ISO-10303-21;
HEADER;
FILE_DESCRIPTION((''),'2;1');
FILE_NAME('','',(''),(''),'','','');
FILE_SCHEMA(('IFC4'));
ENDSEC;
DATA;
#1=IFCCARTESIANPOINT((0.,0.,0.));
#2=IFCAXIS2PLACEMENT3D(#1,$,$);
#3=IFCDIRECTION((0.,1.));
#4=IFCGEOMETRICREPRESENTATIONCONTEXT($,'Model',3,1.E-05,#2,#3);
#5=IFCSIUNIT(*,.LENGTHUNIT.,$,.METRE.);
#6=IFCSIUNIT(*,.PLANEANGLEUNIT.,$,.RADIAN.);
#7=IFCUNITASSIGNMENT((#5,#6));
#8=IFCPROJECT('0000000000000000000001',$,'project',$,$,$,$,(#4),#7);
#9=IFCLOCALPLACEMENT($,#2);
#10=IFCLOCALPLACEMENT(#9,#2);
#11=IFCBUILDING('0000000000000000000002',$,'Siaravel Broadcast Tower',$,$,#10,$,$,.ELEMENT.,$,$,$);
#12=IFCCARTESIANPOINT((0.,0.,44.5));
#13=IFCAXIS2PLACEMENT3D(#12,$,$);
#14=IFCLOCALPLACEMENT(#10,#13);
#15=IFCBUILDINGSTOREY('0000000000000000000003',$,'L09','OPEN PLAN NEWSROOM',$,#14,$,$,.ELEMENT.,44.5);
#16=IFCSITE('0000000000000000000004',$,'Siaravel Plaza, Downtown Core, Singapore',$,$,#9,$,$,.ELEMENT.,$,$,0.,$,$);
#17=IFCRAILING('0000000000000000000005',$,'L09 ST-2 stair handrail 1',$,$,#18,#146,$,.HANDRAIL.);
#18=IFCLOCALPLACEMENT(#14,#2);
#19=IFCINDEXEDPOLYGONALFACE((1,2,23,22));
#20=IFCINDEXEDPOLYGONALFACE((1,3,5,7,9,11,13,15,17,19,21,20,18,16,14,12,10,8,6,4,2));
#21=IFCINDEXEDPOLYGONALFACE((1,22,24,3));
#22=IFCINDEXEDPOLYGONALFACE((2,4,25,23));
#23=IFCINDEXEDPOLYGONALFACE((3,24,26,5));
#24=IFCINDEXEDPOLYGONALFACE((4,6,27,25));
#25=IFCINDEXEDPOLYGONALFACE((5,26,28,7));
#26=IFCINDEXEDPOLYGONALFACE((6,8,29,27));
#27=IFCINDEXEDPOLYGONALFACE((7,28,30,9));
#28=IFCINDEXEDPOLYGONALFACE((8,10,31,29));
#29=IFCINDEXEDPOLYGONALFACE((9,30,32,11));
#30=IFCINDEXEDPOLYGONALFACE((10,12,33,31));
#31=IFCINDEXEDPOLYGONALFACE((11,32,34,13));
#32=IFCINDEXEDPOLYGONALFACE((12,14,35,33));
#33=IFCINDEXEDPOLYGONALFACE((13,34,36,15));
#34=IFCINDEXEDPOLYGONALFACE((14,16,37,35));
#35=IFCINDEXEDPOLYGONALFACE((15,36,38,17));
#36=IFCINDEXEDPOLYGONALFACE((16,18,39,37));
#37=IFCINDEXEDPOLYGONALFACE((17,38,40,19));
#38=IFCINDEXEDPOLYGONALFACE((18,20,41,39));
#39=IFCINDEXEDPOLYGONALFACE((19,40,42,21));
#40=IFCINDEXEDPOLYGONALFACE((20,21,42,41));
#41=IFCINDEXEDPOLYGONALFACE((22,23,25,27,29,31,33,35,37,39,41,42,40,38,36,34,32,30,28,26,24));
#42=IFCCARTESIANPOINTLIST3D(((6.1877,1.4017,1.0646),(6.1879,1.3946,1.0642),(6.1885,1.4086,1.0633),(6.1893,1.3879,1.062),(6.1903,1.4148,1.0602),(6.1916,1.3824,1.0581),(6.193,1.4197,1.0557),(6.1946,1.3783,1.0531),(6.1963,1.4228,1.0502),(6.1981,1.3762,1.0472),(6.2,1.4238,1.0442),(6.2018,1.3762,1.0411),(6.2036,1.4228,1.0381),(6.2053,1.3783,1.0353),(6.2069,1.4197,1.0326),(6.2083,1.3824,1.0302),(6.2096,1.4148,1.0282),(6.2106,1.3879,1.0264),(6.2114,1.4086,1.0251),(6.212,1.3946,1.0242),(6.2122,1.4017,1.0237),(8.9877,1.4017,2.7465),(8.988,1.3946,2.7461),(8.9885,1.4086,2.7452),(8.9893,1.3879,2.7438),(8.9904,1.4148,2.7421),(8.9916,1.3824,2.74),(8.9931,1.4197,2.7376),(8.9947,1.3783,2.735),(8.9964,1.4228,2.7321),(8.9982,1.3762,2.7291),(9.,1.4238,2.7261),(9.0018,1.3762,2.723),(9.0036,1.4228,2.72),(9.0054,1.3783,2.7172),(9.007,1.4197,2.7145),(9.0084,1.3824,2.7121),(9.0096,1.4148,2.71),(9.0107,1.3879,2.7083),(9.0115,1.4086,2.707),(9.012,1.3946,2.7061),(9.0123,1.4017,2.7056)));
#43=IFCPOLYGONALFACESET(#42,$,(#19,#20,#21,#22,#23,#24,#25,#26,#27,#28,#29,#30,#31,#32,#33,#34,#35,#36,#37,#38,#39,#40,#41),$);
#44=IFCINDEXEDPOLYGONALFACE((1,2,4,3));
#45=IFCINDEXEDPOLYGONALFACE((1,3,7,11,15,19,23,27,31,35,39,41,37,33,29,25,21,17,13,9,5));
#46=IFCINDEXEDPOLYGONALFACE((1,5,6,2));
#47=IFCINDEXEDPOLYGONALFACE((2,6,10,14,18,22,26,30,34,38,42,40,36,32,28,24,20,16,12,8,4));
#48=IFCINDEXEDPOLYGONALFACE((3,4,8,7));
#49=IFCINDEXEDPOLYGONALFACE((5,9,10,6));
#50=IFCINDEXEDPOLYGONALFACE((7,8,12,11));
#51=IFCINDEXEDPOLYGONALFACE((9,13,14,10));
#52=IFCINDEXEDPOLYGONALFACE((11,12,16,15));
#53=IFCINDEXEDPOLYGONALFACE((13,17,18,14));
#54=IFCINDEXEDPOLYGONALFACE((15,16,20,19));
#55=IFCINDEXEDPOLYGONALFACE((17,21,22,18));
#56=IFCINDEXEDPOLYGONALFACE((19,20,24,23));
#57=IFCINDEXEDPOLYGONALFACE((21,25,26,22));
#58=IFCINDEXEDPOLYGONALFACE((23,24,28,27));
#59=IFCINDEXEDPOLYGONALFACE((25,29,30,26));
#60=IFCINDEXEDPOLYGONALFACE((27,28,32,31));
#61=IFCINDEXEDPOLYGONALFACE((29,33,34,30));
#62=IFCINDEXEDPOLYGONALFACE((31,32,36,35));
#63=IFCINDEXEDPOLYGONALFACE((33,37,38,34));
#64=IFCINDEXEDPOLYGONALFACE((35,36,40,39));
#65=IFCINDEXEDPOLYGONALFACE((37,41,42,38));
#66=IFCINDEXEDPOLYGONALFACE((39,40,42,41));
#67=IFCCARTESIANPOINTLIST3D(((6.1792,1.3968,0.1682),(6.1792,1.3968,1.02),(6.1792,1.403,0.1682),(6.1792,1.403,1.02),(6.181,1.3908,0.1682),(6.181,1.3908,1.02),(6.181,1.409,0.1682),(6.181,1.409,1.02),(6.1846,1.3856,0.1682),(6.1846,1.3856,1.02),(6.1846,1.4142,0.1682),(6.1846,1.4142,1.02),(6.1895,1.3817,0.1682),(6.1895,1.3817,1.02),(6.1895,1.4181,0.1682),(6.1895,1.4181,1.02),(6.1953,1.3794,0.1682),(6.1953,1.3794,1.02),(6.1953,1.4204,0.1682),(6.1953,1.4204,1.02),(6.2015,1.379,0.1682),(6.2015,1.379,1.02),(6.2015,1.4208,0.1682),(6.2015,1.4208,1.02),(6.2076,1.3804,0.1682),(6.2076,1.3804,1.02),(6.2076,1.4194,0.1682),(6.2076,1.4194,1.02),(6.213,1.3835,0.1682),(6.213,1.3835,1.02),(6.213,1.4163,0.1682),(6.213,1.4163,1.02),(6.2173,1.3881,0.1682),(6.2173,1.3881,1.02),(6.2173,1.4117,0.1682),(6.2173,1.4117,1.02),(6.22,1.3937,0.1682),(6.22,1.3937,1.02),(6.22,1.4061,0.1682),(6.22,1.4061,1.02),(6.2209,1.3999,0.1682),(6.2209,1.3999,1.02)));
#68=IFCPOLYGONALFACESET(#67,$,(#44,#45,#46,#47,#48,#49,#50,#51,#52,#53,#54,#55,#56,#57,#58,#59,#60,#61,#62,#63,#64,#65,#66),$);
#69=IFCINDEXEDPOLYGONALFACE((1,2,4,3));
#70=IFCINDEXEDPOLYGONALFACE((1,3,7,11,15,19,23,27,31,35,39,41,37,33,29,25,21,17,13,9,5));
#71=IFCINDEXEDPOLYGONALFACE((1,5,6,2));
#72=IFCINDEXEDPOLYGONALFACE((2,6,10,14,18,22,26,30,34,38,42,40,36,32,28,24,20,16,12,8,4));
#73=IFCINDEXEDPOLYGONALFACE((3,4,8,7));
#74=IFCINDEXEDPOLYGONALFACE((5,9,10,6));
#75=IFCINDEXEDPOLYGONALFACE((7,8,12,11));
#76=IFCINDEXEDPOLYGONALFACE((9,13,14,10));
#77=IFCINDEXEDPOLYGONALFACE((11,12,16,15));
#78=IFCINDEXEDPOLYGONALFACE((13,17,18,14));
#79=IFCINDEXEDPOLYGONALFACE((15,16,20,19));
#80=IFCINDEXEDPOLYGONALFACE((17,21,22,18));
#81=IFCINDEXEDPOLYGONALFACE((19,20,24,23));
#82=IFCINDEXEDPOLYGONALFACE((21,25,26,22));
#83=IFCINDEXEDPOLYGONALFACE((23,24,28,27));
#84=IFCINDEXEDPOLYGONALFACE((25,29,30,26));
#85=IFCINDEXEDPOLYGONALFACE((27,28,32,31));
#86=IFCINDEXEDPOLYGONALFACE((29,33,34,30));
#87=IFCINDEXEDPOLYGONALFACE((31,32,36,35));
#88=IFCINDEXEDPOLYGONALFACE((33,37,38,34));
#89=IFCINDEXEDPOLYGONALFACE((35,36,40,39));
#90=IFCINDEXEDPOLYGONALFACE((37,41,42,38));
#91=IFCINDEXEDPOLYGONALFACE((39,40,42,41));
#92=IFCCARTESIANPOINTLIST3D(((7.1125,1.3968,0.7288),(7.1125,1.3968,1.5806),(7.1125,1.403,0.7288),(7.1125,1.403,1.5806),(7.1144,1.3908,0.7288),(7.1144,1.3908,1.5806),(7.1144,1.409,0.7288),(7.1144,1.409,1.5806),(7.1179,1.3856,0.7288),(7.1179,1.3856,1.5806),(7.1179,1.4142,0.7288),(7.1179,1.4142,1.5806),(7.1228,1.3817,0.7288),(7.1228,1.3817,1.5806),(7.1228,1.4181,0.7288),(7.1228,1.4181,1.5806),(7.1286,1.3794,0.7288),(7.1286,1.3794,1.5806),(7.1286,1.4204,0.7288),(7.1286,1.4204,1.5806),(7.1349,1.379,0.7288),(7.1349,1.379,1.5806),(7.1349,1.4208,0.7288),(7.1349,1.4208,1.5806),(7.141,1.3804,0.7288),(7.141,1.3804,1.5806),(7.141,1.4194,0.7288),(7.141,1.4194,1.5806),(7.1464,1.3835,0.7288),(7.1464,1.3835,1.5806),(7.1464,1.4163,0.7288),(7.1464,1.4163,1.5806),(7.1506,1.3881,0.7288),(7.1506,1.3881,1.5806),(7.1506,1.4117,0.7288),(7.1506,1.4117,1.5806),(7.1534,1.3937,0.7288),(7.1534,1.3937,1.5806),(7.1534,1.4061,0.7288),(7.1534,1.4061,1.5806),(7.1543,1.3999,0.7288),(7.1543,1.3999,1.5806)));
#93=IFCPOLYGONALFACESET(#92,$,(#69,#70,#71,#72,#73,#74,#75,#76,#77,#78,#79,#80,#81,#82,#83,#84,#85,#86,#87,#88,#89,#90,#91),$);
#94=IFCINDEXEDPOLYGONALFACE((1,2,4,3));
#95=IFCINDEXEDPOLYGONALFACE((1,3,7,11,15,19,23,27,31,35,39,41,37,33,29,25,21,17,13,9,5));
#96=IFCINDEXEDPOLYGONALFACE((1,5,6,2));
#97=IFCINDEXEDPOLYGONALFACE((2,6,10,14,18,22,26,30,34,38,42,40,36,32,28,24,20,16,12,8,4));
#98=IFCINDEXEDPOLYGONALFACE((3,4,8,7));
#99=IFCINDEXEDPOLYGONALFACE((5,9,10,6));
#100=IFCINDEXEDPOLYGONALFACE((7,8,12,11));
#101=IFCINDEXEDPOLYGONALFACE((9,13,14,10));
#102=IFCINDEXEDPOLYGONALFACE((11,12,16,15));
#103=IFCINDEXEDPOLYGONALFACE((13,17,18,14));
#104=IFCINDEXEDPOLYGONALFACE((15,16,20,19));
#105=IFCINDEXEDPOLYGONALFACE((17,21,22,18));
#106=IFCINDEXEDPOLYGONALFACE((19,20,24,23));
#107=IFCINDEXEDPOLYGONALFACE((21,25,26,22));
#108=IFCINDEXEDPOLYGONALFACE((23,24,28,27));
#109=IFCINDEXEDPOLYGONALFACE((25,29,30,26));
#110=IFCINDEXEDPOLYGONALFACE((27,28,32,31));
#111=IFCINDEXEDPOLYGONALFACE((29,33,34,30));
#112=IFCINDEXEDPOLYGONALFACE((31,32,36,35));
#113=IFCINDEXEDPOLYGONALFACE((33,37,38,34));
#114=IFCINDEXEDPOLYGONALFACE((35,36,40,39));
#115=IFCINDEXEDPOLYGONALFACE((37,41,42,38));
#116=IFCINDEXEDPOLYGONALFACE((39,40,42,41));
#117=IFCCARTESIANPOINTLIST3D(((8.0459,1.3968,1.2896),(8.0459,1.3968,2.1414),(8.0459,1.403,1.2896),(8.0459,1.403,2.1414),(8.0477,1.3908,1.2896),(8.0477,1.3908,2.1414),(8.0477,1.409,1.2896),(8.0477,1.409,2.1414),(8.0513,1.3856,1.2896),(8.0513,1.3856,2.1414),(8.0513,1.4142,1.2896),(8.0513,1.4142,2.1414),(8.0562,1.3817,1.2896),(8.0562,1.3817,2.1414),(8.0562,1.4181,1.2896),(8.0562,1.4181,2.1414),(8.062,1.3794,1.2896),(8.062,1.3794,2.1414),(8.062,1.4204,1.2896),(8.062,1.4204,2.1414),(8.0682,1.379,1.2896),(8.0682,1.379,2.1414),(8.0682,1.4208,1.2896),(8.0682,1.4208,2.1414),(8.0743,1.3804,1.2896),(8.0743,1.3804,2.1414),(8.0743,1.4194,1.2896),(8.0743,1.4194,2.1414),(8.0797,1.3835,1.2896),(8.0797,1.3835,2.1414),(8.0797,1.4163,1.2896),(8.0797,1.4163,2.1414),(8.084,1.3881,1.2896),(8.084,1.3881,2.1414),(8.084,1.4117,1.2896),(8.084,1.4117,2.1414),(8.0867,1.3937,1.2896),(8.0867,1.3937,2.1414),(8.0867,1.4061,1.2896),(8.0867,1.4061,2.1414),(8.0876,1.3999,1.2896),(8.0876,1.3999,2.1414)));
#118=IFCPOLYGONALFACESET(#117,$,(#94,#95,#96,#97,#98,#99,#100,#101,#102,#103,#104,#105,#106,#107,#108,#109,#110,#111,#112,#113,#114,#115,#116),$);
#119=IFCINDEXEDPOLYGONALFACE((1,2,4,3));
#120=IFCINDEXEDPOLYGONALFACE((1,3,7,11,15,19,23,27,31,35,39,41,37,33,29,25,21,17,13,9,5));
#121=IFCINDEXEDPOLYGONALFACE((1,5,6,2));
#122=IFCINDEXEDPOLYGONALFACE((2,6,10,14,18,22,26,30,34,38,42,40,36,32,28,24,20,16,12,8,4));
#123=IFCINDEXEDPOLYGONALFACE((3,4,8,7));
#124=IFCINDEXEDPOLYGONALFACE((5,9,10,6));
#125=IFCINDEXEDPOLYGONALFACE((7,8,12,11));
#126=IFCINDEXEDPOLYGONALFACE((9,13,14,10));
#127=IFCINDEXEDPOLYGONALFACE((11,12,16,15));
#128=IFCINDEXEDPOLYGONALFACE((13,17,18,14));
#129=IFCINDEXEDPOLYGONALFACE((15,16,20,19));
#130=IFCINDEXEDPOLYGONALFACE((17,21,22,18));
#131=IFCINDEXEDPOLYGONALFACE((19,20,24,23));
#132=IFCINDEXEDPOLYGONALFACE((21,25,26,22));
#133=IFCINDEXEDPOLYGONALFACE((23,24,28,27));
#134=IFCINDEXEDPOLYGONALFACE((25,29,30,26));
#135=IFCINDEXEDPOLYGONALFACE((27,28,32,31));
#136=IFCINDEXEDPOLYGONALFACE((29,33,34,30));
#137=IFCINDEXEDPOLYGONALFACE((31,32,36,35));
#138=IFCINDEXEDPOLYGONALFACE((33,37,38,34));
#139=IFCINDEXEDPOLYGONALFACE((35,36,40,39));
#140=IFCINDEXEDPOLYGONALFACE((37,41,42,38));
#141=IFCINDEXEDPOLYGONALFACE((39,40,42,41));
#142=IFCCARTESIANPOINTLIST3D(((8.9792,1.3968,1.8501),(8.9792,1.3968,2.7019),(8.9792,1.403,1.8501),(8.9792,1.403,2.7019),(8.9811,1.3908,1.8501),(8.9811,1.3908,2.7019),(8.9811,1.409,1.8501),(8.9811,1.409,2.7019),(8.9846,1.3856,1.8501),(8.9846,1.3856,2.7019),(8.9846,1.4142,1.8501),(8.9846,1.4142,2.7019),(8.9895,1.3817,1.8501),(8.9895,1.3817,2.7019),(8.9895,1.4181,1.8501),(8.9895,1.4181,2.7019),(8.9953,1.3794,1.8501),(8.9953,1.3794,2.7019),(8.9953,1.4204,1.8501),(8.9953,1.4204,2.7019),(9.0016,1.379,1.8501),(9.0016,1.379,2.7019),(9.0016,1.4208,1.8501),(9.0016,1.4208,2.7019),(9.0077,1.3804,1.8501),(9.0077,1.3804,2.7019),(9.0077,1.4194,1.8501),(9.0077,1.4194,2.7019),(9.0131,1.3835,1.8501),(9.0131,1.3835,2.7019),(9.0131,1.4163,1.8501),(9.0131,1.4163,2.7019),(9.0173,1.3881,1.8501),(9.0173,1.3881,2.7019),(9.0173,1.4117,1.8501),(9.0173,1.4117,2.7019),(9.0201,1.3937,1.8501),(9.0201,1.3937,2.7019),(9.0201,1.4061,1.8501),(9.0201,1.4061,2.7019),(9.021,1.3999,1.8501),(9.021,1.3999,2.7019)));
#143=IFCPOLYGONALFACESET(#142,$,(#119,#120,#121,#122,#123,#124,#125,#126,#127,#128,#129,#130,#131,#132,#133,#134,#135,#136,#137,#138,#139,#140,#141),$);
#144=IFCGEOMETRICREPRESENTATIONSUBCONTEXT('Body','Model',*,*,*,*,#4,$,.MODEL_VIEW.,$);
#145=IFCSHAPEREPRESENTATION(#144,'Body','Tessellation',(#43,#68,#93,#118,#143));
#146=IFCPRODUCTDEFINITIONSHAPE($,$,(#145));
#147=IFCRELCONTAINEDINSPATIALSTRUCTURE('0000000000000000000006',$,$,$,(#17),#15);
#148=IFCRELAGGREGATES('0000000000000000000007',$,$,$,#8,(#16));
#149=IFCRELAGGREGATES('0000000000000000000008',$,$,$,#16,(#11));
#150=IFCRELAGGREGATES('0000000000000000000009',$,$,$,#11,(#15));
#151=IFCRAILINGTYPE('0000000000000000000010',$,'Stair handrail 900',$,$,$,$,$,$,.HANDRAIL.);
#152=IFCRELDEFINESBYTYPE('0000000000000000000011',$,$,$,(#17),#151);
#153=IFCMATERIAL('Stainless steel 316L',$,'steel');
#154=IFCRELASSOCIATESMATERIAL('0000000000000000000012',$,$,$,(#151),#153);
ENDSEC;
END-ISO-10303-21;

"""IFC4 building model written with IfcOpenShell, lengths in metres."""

from ifc_helpers import new_model, si_unit, direction, frame, origin, origin_2d, place, context, subcontext, project, spatial, circle, extrude, material, type_object, element, save


model = new_model("IFC4")

# Units and contexts
model_context = context("Model", 3, precision=1e-05, world=origin(), true_north=direction((0.0, 1.0)))
body_context = subcontext(model_context, "Body", "Model", "MODEL_VIEW")
ifc_project = project(units=[si_unit("LENGTHUNIT", "METRE"), si_unit("PLANEANGLEUNIT", "RADIAN")], contexts=[model_context])

# Site, building, storey
site_placement = place(None, origin())
site = spatial("IfcSite", under=ifc_project, at=site_placement, Name="Siaravel Plaza, Downtown Core, Singapore", CompositionType="ELEMENT", RefElevation=0.0)
building_placement = place(site_placement, origin())
building = spatial("IfcBuilding", under=site, at=building_placement, Name="Siaravel Broadcast Tower", CompositionType="ELEMENT")
storey_placement = place(building_placement, frame((0.0, 0.0, 44.5)))
storey = spatial("IfcBuildingStorey", under=building, at=storey_placement, Name="L09", Description="OPEN PLAN NEWSROOM", CompositionType="ELEMENT", Elevation=44.5)

# Railing
ifc_material_1 = material(Name="Stainless steel 316L", Category="steel")
railing_type_1 = type_object("IfcRailingType", Name="Stair handrail 900", PredefinedType="HANDRAIL", material=ifc_material_1)
railing_1_placement = place(storey_placement, frame((6.2, 1.3999, 0.1682)))
element("IfcRailing", 1, at=railing_1_placement, inside=storey, type_object=railing_type_1, Name="L09 ST-2 stair handrail 1", PredefinedType="HANDRAIL", context=body_context, shape_type="SweptSolid", body=[
    extrude(circle(Radius=0.0239, at=origin_2d()), frame((0.0, 0.0, 0.876), z_axis=(0.857242, 0.0, 0.514913), x_axis=(0.0, 1.0, 0.0)), (0.0, 0.0, 1.0), 3.2664),
    extrude(circle(Radius=0.021, at=origin_2d()), origin(), (0.0, 0.0, 1.0), 0.8518),
    extrude(circle(Radius=0.021, at=origin_2d()), frame((0.9333, 0.0, 0.5605)), (0.0, 0.0, 1.0), 0.8518),
    extrude(circle(Radius=0.021, at=origin_2d()), frame((1.8667, 0.0, 1.1213)), (0.0, 0.0, 1.0), 0.8518),
    extrude(circle(Radius=0.021, at=origin_2d()), frame((2.8, 0.0, 1.6819)), (0.0, 0.0, 1.0), 0.8518),
])

save(model, "model.ifc")
